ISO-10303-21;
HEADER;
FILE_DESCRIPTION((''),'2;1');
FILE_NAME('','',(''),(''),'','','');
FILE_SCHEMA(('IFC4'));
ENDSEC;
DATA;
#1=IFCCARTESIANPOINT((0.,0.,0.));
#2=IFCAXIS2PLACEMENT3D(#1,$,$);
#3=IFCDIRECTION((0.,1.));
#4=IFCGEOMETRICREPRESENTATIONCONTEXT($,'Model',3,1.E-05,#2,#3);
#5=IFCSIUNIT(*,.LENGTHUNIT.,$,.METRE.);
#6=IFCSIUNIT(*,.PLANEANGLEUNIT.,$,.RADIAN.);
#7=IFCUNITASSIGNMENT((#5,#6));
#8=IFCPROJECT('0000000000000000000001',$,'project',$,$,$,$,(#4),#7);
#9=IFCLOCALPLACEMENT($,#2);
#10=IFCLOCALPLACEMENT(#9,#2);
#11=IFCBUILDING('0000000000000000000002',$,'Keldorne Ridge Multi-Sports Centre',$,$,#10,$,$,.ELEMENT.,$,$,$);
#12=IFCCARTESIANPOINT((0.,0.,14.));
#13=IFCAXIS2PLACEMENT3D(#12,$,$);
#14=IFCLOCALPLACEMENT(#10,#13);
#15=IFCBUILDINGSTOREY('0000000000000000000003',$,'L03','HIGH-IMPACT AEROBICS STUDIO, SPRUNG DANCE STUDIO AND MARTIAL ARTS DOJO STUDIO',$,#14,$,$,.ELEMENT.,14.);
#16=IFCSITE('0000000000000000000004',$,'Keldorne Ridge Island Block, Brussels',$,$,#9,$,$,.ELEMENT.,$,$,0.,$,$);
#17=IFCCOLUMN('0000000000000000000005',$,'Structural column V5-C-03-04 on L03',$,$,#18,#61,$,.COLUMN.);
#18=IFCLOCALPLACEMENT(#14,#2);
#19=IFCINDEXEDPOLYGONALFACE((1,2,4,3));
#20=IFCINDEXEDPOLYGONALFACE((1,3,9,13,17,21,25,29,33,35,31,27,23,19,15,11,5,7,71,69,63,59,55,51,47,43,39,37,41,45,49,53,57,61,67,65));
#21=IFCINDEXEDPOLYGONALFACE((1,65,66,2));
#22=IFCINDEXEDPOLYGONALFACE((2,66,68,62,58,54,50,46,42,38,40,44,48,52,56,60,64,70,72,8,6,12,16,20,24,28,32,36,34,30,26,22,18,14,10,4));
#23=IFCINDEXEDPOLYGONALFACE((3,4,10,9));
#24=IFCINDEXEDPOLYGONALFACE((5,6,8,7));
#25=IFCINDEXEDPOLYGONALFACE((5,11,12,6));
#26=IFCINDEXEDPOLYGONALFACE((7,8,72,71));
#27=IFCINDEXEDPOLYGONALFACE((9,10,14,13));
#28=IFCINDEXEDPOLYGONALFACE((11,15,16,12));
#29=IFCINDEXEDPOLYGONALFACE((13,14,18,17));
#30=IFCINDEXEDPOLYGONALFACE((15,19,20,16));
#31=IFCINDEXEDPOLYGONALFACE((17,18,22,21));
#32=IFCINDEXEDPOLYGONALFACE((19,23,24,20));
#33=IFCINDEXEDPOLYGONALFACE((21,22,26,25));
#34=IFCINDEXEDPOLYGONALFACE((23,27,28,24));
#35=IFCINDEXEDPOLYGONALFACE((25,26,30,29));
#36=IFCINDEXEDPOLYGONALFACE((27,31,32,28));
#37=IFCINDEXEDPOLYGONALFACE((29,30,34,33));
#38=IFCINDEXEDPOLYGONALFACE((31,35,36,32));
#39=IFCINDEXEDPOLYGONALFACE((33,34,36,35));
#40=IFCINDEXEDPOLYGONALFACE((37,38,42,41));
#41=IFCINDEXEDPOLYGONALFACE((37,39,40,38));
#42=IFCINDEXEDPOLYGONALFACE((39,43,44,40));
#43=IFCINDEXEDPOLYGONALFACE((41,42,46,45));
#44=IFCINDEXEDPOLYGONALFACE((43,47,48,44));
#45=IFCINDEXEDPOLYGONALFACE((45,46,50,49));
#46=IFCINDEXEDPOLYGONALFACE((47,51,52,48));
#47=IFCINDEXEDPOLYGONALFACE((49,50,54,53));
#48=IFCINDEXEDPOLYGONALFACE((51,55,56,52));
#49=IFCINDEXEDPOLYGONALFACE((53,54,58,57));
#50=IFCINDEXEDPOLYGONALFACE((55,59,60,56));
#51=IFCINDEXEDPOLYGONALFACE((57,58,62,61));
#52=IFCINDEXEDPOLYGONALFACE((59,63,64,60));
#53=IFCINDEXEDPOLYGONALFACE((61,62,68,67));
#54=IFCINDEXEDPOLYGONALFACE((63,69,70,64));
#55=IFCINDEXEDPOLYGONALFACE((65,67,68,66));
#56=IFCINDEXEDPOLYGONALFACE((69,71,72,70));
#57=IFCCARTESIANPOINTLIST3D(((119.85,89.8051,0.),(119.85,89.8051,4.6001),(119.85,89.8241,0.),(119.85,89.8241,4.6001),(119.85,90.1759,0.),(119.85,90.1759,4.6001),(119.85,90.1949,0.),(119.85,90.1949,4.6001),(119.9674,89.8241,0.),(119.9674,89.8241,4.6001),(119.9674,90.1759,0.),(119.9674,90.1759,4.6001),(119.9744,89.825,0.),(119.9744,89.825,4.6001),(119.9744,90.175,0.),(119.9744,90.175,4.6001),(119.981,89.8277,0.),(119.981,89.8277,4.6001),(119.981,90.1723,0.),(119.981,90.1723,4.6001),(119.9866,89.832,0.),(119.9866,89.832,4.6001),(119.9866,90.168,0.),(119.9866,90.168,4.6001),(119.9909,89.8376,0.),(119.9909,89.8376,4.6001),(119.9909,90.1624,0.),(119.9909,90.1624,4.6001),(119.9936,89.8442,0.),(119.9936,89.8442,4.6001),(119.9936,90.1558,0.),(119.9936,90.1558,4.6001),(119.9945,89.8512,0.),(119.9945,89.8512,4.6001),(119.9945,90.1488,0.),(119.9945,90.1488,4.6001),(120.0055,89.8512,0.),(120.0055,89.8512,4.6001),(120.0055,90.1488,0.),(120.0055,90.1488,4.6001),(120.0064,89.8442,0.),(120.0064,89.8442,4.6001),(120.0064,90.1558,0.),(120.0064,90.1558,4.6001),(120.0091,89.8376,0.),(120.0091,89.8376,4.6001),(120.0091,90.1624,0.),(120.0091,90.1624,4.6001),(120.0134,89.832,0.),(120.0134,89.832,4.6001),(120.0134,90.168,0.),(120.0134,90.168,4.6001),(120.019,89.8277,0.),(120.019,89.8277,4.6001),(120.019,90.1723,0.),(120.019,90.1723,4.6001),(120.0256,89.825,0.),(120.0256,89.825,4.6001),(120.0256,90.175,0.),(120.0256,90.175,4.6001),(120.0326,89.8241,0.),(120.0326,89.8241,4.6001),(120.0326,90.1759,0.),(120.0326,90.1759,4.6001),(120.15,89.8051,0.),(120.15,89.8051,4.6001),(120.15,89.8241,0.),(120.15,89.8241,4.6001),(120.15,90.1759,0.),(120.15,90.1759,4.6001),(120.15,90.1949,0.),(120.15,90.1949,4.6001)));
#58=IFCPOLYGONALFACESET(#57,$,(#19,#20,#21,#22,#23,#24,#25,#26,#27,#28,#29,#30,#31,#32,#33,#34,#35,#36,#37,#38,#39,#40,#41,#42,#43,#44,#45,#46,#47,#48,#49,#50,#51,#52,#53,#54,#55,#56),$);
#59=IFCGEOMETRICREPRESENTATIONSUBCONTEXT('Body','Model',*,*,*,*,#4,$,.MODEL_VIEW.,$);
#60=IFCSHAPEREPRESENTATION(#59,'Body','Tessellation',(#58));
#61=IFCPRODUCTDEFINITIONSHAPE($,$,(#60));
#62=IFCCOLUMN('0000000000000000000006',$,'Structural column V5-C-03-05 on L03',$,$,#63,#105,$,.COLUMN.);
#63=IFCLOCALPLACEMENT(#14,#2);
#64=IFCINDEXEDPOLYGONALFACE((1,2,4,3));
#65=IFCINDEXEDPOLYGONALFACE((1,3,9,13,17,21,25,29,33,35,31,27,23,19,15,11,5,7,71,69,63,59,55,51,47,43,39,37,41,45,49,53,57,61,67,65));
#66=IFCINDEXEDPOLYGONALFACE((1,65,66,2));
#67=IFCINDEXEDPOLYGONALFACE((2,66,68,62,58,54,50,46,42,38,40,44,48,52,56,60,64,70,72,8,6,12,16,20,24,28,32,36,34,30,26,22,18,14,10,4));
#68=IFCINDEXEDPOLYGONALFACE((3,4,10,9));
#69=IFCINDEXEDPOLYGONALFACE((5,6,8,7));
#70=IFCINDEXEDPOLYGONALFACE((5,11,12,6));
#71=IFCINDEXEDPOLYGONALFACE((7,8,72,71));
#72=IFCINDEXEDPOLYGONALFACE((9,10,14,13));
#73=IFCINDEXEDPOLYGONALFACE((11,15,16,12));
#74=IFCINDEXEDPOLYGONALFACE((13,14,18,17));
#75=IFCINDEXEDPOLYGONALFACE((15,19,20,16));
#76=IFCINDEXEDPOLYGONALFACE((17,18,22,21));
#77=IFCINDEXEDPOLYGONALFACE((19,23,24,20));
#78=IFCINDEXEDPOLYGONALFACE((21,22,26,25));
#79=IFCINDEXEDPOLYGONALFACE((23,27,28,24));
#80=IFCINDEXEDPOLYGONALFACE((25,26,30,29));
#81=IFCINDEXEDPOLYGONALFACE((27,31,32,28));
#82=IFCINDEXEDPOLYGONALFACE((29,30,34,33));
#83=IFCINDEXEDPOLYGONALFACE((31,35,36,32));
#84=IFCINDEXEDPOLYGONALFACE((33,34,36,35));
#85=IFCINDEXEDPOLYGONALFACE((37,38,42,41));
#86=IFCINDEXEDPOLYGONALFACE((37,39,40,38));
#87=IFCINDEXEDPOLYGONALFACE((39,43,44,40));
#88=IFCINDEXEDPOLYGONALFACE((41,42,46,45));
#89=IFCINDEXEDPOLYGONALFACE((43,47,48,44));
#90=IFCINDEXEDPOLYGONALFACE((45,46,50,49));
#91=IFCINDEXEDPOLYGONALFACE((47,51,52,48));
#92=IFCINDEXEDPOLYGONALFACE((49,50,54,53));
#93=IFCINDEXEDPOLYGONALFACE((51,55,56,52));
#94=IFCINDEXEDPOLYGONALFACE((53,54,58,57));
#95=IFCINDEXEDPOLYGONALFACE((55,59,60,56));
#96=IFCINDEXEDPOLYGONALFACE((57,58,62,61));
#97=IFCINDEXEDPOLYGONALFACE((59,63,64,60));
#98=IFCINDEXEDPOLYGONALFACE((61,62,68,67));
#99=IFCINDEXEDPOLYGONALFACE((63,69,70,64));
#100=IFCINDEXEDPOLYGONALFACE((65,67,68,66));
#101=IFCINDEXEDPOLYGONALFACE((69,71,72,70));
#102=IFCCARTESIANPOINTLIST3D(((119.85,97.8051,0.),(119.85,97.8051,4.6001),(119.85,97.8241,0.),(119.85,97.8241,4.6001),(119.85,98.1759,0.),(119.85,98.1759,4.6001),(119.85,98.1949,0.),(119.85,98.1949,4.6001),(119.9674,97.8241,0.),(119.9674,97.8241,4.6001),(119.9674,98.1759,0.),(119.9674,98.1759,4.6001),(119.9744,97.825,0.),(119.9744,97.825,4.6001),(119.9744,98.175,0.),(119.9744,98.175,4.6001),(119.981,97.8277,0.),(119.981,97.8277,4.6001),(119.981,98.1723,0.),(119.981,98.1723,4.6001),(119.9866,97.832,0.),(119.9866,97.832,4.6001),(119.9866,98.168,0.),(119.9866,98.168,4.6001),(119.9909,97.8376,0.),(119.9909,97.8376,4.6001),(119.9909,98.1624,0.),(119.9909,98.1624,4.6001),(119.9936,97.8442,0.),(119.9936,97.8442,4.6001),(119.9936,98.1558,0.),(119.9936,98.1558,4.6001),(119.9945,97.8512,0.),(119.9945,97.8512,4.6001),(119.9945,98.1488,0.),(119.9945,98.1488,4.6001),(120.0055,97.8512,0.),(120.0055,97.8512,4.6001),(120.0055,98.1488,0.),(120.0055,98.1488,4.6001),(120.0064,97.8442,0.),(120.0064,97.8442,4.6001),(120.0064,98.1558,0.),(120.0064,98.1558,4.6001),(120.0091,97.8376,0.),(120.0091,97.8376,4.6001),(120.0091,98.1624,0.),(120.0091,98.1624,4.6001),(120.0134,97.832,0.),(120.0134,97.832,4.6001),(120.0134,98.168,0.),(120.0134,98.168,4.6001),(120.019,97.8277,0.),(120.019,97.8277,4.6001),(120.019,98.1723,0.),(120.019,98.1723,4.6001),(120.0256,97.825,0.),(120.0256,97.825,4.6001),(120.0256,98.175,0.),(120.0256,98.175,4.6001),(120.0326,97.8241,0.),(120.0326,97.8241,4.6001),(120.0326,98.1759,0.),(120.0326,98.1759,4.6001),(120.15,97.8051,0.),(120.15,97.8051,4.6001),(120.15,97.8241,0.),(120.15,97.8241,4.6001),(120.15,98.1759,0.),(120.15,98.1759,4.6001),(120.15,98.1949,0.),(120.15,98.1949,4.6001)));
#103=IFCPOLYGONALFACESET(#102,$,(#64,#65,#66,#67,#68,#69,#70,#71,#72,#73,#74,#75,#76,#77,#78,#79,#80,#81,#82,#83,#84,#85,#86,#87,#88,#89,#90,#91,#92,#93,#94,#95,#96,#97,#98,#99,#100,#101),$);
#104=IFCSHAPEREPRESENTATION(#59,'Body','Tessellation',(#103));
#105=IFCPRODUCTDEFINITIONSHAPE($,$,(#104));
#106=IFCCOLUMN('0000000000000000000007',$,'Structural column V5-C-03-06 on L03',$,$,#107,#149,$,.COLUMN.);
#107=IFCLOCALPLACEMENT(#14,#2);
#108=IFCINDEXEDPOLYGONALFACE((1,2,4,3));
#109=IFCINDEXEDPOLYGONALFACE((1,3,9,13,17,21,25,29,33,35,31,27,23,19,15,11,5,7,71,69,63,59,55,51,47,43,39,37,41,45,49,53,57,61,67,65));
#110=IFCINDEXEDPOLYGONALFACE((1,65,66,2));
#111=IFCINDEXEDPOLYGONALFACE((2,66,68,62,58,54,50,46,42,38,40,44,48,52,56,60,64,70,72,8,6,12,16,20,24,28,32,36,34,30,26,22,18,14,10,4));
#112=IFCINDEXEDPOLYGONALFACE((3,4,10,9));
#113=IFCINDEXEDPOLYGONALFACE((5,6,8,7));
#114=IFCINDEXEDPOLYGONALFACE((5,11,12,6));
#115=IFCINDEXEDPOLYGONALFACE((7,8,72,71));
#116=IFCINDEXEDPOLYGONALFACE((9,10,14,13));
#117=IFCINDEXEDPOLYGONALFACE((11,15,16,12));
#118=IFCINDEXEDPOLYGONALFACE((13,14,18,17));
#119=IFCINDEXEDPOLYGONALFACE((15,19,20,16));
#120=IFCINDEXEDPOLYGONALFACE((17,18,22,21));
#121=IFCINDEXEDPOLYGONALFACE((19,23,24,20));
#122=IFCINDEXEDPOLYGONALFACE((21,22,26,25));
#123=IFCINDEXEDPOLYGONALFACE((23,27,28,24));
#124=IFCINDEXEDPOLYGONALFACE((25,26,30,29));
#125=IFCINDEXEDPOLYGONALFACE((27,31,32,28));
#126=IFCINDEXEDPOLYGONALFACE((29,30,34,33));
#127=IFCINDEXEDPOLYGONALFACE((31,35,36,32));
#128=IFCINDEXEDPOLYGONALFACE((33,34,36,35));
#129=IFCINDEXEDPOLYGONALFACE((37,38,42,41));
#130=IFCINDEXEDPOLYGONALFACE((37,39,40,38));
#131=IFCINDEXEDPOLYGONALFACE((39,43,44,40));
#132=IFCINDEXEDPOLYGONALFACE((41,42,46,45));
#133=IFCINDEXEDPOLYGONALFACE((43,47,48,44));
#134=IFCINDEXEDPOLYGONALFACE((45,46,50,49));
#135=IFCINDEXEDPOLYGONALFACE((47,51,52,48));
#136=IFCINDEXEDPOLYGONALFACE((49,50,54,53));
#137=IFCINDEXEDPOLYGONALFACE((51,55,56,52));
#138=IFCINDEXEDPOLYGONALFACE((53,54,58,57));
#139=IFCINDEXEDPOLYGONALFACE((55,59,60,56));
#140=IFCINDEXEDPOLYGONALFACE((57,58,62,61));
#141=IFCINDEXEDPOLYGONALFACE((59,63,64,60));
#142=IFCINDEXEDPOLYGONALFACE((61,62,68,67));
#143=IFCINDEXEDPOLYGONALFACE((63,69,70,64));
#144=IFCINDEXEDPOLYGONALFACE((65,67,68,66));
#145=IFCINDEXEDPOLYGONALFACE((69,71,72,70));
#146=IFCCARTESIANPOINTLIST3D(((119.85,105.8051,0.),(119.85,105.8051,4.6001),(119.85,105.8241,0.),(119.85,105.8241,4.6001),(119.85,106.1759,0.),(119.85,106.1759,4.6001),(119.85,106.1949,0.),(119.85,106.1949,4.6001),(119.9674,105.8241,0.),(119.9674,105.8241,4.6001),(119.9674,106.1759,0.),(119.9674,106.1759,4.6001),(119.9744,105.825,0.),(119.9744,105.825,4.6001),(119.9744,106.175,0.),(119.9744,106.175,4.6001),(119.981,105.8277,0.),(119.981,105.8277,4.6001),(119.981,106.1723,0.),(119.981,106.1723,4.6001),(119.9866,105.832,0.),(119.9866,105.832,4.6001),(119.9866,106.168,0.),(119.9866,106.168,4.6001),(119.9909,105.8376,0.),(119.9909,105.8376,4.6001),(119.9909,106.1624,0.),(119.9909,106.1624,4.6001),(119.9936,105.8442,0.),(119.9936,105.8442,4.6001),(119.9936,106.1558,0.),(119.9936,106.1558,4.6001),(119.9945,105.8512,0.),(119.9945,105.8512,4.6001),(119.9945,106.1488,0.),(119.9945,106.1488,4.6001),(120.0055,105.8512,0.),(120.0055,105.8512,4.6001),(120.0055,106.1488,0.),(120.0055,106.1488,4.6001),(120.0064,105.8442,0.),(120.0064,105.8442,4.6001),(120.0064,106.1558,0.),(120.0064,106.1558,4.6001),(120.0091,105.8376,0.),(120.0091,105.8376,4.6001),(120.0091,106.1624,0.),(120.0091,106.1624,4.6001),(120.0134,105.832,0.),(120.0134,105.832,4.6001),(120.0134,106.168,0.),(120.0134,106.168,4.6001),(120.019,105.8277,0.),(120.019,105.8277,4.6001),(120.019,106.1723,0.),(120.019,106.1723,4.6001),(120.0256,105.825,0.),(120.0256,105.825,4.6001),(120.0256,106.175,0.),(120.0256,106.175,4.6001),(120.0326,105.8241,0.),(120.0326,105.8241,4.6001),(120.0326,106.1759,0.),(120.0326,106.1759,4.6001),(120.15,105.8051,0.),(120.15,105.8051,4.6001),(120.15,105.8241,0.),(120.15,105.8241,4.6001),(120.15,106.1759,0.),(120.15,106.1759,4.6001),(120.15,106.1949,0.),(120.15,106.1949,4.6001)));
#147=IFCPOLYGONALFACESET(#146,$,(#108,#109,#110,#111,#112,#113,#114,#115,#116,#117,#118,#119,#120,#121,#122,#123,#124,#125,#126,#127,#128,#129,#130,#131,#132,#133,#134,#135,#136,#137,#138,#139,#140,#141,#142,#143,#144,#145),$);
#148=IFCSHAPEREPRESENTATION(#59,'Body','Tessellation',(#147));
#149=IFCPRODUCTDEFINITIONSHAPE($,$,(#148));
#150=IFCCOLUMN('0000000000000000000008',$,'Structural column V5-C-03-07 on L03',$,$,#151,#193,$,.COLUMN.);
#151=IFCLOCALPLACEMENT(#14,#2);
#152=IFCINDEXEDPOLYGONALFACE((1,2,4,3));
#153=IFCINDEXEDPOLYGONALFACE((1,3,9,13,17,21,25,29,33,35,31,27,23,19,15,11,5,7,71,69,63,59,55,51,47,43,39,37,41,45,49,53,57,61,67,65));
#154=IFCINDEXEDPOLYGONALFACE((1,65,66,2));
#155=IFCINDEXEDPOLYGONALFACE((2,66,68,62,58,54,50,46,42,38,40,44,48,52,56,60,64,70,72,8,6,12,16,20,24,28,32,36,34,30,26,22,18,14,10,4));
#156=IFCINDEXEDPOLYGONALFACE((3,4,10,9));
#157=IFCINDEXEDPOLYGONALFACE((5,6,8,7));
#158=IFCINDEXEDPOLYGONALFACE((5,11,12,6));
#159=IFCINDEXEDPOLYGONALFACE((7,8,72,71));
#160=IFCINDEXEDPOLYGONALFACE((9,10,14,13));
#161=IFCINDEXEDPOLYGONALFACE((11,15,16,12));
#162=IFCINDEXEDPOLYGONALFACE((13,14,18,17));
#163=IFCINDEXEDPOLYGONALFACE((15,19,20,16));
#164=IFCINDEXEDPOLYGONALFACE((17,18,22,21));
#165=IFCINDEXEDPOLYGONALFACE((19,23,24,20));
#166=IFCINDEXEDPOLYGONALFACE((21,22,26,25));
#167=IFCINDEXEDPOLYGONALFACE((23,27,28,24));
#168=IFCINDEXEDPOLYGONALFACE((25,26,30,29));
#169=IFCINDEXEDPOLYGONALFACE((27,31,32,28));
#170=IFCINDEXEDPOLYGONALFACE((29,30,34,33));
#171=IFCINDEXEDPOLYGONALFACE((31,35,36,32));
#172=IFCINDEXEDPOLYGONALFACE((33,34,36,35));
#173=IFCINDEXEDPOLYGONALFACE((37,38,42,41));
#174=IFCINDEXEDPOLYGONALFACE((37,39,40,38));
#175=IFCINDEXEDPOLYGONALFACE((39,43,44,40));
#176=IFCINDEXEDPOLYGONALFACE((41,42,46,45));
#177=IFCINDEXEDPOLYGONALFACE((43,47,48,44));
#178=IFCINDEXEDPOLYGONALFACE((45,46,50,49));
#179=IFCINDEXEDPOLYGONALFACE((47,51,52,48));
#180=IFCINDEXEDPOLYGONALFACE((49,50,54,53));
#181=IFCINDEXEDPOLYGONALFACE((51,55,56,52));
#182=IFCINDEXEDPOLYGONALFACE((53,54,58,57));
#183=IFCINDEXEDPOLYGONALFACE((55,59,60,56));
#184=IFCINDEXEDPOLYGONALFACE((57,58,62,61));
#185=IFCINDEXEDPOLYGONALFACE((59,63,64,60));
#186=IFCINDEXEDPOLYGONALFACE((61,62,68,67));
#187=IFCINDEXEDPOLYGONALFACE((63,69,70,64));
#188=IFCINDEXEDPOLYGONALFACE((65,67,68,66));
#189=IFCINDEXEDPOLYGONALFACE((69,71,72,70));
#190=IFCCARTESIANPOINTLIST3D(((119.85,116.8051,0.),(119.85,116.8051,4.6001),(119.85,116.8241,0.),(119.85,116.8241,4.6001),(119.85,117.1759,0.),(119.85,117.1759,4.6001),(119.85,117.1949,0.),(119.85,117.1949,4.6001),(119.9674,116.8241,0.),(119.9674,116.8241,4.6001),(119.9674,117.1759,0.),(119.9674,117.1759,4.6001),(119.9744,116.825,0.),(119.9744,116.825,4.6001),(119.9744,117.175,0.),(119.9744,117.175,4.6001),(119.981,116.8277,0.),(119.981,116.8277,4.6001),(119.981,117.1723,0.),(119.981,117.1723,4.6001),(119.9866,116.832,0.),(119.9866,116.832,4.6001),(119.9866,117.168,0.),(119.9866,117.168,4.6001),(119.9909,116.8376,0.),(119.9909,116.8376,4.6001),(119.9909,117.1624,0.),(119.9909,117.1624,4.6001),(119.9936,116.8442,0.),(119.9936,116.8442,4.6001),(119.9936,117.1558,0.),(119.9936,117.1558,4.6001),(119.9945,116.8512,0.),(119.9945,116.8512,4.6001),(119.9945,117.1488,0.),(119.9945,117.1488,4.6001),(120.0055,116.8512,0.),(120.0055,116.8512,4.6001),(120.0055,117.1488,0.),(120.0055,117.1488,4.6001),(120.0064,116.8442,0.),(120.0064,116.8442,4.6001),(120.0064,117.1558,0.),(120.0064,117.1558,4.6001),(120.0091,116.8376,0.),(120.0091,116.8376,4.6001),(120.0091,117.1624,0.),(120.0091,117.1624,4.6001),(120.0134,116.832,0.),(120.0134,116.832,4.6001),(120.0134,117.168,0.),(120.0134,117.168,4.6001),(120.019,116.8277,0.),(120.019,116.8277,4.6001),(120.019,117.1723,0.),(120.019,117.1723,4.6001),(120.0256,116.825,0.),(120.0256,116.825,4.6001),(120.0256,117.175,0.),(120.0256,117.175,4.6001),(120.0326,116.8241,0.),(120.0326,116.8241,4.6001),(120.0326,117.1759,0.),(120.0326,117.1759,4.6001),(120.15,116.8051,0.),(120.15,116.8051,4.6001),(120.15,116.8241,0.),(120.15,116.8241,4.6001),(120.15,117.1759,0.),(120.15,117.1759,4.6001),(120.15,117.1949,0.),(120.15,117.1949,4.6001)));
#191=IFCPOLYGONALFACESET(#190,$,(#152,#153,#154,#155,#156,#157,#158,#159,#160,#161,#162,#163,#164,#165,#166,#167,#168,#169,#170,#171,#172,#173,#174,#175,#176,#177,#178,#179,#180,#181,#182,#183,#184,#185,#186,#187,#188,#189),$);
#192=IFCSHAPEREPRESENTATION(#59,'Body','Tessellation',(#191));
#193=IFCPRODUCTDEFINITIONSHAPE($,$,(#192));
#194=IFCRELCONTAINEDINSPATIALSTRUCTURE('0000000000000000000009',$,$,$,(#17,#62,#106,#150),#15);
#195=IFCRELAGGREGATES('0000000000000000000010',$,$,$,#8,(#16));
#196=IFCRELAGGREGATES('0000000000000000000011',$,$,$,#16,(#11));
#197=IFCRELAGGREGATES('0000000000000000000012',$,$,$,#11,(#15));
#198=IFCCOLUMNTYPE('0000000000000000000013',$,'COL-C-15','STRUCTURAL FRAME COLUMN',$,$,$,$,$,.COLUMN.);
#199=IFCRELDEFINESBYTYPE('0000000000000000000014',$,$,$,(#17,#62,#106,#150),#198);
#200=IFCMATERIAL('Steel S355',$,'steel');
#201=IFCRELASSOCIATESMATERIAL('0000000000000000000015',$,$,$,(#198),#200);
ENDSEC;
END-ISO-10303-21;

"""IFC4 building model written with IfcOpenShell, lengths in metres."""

from ifc_helpers import new_model, si_unit, direction, frame, origin, origin_2d, place, context, subcontext, project, spatial, i_section, extrude, material, material_profile, profile_set, type_object, element, save


model = new_model("IFC4")

# Units and contexts
model_context = context("Model", 3, precision=1e-05, world=origin(), true_north=direction((0.0, 1.0)))
body_context = subcontext(model_context, "Body", "Model", "MODEL_VIEW")
ifc_project = project(units=[si_unit("LENGTHUNIT", "METRE"), si_unit("PLANEANGLEUNIT", "RADIAN")], contexts=[model_context])

# Site, building, storey
site_placement = place(None, origin())
site = spatial("IfcSite", under=ifc_project, at=site_placement, Name="Keldorne Ridge Island Block, Brussels", CompositionType="ELEMENT", RefElevation=0.0)
building_placement = place(site_placement, origin())
building = spatial("IfcBuilding", under=site, at=building_placement, Name="Keldorne Ridge Multi-Sports Centre", CompositionType="ELEMENT")
storey_placement = place(building_placement, frame((0.0, 0.0, 14.0)))
storey = spatial("IfcBuildingStorey", under=building, at=storey_placement, Name="L03", Description="HIGH-IMPACT AEROBICS STUDIO, SPRUNG DANCE STUDIO AND MARTIAL ARTS DOJO STUDIO", CompositionType="ELEMENT", Elevation=14.0)

# Columns
ifc_material_1 = material(Name="Steel S355", Category="steel")
ifc_material_profile_1 = material_profile(ifc_material_1, i_section(OverallWidth=0.3, OverallDepth=0.3899, WebThickness=0.011, FlangeThickness=0.019, FilletRadius=0.0271, at=origin_2d()), Name="HEA 400")
ifc_profile_set_1 = profile_set([ifc_material_profile_1], Name="Steel S355")
column_type = type_object("IfcColumnType", Name="COL-C-15", Description="STRUCTURAL FRAME COLUMN", PredefinedType="COLUMN", material=ifc_profile_set_1)
for number, where, z_axis, x_axis, name in (
    (1, (120.0, 90.0, 0.0), (0.0, 0.0, 1.0), (1.0, 0.0, 0.0), "Structural column V5-C-03-04 on L03"),
    (2, (120.0, 98.0, 0.0), (0.0, 0.0, 1.0), (1.0, 0.0, 0.0), "Structural column V5-C-03-05 on L03"),
    (3, (120.0, 106.0, 0.0), (0.0, 0.0, 1.0), (1.0, 0.0, 0.0), "Structural column V5-C-03-06 on L03"),
    (4, (120.0, 117.0, 0.0), (0.0, 0.0, 1.0), (1.0, 0.0, 0.0), "Structural column V5-C-03-07 on L03"),
):
    element("IfcColumn", number, at=place(storey_placement, frame(where, z_axis=z_axis, x_axis=x_axis)), inside=storey, type_object=column_type, Name=name, PredefinedType="COLUMN", context=body_context, shape_type="SweptSolid", body=[
        extrude(i_section(OverallWidth=0.3, OverallDepth=0.3899, WebThickness=0.011, FlangeThickness=0.019, FilletRadius=0.0271, at=origin_2d()), origin(), (0.0, 0.0, 1.0), 4.6001),
    ])

save(model, "model.ifc")
